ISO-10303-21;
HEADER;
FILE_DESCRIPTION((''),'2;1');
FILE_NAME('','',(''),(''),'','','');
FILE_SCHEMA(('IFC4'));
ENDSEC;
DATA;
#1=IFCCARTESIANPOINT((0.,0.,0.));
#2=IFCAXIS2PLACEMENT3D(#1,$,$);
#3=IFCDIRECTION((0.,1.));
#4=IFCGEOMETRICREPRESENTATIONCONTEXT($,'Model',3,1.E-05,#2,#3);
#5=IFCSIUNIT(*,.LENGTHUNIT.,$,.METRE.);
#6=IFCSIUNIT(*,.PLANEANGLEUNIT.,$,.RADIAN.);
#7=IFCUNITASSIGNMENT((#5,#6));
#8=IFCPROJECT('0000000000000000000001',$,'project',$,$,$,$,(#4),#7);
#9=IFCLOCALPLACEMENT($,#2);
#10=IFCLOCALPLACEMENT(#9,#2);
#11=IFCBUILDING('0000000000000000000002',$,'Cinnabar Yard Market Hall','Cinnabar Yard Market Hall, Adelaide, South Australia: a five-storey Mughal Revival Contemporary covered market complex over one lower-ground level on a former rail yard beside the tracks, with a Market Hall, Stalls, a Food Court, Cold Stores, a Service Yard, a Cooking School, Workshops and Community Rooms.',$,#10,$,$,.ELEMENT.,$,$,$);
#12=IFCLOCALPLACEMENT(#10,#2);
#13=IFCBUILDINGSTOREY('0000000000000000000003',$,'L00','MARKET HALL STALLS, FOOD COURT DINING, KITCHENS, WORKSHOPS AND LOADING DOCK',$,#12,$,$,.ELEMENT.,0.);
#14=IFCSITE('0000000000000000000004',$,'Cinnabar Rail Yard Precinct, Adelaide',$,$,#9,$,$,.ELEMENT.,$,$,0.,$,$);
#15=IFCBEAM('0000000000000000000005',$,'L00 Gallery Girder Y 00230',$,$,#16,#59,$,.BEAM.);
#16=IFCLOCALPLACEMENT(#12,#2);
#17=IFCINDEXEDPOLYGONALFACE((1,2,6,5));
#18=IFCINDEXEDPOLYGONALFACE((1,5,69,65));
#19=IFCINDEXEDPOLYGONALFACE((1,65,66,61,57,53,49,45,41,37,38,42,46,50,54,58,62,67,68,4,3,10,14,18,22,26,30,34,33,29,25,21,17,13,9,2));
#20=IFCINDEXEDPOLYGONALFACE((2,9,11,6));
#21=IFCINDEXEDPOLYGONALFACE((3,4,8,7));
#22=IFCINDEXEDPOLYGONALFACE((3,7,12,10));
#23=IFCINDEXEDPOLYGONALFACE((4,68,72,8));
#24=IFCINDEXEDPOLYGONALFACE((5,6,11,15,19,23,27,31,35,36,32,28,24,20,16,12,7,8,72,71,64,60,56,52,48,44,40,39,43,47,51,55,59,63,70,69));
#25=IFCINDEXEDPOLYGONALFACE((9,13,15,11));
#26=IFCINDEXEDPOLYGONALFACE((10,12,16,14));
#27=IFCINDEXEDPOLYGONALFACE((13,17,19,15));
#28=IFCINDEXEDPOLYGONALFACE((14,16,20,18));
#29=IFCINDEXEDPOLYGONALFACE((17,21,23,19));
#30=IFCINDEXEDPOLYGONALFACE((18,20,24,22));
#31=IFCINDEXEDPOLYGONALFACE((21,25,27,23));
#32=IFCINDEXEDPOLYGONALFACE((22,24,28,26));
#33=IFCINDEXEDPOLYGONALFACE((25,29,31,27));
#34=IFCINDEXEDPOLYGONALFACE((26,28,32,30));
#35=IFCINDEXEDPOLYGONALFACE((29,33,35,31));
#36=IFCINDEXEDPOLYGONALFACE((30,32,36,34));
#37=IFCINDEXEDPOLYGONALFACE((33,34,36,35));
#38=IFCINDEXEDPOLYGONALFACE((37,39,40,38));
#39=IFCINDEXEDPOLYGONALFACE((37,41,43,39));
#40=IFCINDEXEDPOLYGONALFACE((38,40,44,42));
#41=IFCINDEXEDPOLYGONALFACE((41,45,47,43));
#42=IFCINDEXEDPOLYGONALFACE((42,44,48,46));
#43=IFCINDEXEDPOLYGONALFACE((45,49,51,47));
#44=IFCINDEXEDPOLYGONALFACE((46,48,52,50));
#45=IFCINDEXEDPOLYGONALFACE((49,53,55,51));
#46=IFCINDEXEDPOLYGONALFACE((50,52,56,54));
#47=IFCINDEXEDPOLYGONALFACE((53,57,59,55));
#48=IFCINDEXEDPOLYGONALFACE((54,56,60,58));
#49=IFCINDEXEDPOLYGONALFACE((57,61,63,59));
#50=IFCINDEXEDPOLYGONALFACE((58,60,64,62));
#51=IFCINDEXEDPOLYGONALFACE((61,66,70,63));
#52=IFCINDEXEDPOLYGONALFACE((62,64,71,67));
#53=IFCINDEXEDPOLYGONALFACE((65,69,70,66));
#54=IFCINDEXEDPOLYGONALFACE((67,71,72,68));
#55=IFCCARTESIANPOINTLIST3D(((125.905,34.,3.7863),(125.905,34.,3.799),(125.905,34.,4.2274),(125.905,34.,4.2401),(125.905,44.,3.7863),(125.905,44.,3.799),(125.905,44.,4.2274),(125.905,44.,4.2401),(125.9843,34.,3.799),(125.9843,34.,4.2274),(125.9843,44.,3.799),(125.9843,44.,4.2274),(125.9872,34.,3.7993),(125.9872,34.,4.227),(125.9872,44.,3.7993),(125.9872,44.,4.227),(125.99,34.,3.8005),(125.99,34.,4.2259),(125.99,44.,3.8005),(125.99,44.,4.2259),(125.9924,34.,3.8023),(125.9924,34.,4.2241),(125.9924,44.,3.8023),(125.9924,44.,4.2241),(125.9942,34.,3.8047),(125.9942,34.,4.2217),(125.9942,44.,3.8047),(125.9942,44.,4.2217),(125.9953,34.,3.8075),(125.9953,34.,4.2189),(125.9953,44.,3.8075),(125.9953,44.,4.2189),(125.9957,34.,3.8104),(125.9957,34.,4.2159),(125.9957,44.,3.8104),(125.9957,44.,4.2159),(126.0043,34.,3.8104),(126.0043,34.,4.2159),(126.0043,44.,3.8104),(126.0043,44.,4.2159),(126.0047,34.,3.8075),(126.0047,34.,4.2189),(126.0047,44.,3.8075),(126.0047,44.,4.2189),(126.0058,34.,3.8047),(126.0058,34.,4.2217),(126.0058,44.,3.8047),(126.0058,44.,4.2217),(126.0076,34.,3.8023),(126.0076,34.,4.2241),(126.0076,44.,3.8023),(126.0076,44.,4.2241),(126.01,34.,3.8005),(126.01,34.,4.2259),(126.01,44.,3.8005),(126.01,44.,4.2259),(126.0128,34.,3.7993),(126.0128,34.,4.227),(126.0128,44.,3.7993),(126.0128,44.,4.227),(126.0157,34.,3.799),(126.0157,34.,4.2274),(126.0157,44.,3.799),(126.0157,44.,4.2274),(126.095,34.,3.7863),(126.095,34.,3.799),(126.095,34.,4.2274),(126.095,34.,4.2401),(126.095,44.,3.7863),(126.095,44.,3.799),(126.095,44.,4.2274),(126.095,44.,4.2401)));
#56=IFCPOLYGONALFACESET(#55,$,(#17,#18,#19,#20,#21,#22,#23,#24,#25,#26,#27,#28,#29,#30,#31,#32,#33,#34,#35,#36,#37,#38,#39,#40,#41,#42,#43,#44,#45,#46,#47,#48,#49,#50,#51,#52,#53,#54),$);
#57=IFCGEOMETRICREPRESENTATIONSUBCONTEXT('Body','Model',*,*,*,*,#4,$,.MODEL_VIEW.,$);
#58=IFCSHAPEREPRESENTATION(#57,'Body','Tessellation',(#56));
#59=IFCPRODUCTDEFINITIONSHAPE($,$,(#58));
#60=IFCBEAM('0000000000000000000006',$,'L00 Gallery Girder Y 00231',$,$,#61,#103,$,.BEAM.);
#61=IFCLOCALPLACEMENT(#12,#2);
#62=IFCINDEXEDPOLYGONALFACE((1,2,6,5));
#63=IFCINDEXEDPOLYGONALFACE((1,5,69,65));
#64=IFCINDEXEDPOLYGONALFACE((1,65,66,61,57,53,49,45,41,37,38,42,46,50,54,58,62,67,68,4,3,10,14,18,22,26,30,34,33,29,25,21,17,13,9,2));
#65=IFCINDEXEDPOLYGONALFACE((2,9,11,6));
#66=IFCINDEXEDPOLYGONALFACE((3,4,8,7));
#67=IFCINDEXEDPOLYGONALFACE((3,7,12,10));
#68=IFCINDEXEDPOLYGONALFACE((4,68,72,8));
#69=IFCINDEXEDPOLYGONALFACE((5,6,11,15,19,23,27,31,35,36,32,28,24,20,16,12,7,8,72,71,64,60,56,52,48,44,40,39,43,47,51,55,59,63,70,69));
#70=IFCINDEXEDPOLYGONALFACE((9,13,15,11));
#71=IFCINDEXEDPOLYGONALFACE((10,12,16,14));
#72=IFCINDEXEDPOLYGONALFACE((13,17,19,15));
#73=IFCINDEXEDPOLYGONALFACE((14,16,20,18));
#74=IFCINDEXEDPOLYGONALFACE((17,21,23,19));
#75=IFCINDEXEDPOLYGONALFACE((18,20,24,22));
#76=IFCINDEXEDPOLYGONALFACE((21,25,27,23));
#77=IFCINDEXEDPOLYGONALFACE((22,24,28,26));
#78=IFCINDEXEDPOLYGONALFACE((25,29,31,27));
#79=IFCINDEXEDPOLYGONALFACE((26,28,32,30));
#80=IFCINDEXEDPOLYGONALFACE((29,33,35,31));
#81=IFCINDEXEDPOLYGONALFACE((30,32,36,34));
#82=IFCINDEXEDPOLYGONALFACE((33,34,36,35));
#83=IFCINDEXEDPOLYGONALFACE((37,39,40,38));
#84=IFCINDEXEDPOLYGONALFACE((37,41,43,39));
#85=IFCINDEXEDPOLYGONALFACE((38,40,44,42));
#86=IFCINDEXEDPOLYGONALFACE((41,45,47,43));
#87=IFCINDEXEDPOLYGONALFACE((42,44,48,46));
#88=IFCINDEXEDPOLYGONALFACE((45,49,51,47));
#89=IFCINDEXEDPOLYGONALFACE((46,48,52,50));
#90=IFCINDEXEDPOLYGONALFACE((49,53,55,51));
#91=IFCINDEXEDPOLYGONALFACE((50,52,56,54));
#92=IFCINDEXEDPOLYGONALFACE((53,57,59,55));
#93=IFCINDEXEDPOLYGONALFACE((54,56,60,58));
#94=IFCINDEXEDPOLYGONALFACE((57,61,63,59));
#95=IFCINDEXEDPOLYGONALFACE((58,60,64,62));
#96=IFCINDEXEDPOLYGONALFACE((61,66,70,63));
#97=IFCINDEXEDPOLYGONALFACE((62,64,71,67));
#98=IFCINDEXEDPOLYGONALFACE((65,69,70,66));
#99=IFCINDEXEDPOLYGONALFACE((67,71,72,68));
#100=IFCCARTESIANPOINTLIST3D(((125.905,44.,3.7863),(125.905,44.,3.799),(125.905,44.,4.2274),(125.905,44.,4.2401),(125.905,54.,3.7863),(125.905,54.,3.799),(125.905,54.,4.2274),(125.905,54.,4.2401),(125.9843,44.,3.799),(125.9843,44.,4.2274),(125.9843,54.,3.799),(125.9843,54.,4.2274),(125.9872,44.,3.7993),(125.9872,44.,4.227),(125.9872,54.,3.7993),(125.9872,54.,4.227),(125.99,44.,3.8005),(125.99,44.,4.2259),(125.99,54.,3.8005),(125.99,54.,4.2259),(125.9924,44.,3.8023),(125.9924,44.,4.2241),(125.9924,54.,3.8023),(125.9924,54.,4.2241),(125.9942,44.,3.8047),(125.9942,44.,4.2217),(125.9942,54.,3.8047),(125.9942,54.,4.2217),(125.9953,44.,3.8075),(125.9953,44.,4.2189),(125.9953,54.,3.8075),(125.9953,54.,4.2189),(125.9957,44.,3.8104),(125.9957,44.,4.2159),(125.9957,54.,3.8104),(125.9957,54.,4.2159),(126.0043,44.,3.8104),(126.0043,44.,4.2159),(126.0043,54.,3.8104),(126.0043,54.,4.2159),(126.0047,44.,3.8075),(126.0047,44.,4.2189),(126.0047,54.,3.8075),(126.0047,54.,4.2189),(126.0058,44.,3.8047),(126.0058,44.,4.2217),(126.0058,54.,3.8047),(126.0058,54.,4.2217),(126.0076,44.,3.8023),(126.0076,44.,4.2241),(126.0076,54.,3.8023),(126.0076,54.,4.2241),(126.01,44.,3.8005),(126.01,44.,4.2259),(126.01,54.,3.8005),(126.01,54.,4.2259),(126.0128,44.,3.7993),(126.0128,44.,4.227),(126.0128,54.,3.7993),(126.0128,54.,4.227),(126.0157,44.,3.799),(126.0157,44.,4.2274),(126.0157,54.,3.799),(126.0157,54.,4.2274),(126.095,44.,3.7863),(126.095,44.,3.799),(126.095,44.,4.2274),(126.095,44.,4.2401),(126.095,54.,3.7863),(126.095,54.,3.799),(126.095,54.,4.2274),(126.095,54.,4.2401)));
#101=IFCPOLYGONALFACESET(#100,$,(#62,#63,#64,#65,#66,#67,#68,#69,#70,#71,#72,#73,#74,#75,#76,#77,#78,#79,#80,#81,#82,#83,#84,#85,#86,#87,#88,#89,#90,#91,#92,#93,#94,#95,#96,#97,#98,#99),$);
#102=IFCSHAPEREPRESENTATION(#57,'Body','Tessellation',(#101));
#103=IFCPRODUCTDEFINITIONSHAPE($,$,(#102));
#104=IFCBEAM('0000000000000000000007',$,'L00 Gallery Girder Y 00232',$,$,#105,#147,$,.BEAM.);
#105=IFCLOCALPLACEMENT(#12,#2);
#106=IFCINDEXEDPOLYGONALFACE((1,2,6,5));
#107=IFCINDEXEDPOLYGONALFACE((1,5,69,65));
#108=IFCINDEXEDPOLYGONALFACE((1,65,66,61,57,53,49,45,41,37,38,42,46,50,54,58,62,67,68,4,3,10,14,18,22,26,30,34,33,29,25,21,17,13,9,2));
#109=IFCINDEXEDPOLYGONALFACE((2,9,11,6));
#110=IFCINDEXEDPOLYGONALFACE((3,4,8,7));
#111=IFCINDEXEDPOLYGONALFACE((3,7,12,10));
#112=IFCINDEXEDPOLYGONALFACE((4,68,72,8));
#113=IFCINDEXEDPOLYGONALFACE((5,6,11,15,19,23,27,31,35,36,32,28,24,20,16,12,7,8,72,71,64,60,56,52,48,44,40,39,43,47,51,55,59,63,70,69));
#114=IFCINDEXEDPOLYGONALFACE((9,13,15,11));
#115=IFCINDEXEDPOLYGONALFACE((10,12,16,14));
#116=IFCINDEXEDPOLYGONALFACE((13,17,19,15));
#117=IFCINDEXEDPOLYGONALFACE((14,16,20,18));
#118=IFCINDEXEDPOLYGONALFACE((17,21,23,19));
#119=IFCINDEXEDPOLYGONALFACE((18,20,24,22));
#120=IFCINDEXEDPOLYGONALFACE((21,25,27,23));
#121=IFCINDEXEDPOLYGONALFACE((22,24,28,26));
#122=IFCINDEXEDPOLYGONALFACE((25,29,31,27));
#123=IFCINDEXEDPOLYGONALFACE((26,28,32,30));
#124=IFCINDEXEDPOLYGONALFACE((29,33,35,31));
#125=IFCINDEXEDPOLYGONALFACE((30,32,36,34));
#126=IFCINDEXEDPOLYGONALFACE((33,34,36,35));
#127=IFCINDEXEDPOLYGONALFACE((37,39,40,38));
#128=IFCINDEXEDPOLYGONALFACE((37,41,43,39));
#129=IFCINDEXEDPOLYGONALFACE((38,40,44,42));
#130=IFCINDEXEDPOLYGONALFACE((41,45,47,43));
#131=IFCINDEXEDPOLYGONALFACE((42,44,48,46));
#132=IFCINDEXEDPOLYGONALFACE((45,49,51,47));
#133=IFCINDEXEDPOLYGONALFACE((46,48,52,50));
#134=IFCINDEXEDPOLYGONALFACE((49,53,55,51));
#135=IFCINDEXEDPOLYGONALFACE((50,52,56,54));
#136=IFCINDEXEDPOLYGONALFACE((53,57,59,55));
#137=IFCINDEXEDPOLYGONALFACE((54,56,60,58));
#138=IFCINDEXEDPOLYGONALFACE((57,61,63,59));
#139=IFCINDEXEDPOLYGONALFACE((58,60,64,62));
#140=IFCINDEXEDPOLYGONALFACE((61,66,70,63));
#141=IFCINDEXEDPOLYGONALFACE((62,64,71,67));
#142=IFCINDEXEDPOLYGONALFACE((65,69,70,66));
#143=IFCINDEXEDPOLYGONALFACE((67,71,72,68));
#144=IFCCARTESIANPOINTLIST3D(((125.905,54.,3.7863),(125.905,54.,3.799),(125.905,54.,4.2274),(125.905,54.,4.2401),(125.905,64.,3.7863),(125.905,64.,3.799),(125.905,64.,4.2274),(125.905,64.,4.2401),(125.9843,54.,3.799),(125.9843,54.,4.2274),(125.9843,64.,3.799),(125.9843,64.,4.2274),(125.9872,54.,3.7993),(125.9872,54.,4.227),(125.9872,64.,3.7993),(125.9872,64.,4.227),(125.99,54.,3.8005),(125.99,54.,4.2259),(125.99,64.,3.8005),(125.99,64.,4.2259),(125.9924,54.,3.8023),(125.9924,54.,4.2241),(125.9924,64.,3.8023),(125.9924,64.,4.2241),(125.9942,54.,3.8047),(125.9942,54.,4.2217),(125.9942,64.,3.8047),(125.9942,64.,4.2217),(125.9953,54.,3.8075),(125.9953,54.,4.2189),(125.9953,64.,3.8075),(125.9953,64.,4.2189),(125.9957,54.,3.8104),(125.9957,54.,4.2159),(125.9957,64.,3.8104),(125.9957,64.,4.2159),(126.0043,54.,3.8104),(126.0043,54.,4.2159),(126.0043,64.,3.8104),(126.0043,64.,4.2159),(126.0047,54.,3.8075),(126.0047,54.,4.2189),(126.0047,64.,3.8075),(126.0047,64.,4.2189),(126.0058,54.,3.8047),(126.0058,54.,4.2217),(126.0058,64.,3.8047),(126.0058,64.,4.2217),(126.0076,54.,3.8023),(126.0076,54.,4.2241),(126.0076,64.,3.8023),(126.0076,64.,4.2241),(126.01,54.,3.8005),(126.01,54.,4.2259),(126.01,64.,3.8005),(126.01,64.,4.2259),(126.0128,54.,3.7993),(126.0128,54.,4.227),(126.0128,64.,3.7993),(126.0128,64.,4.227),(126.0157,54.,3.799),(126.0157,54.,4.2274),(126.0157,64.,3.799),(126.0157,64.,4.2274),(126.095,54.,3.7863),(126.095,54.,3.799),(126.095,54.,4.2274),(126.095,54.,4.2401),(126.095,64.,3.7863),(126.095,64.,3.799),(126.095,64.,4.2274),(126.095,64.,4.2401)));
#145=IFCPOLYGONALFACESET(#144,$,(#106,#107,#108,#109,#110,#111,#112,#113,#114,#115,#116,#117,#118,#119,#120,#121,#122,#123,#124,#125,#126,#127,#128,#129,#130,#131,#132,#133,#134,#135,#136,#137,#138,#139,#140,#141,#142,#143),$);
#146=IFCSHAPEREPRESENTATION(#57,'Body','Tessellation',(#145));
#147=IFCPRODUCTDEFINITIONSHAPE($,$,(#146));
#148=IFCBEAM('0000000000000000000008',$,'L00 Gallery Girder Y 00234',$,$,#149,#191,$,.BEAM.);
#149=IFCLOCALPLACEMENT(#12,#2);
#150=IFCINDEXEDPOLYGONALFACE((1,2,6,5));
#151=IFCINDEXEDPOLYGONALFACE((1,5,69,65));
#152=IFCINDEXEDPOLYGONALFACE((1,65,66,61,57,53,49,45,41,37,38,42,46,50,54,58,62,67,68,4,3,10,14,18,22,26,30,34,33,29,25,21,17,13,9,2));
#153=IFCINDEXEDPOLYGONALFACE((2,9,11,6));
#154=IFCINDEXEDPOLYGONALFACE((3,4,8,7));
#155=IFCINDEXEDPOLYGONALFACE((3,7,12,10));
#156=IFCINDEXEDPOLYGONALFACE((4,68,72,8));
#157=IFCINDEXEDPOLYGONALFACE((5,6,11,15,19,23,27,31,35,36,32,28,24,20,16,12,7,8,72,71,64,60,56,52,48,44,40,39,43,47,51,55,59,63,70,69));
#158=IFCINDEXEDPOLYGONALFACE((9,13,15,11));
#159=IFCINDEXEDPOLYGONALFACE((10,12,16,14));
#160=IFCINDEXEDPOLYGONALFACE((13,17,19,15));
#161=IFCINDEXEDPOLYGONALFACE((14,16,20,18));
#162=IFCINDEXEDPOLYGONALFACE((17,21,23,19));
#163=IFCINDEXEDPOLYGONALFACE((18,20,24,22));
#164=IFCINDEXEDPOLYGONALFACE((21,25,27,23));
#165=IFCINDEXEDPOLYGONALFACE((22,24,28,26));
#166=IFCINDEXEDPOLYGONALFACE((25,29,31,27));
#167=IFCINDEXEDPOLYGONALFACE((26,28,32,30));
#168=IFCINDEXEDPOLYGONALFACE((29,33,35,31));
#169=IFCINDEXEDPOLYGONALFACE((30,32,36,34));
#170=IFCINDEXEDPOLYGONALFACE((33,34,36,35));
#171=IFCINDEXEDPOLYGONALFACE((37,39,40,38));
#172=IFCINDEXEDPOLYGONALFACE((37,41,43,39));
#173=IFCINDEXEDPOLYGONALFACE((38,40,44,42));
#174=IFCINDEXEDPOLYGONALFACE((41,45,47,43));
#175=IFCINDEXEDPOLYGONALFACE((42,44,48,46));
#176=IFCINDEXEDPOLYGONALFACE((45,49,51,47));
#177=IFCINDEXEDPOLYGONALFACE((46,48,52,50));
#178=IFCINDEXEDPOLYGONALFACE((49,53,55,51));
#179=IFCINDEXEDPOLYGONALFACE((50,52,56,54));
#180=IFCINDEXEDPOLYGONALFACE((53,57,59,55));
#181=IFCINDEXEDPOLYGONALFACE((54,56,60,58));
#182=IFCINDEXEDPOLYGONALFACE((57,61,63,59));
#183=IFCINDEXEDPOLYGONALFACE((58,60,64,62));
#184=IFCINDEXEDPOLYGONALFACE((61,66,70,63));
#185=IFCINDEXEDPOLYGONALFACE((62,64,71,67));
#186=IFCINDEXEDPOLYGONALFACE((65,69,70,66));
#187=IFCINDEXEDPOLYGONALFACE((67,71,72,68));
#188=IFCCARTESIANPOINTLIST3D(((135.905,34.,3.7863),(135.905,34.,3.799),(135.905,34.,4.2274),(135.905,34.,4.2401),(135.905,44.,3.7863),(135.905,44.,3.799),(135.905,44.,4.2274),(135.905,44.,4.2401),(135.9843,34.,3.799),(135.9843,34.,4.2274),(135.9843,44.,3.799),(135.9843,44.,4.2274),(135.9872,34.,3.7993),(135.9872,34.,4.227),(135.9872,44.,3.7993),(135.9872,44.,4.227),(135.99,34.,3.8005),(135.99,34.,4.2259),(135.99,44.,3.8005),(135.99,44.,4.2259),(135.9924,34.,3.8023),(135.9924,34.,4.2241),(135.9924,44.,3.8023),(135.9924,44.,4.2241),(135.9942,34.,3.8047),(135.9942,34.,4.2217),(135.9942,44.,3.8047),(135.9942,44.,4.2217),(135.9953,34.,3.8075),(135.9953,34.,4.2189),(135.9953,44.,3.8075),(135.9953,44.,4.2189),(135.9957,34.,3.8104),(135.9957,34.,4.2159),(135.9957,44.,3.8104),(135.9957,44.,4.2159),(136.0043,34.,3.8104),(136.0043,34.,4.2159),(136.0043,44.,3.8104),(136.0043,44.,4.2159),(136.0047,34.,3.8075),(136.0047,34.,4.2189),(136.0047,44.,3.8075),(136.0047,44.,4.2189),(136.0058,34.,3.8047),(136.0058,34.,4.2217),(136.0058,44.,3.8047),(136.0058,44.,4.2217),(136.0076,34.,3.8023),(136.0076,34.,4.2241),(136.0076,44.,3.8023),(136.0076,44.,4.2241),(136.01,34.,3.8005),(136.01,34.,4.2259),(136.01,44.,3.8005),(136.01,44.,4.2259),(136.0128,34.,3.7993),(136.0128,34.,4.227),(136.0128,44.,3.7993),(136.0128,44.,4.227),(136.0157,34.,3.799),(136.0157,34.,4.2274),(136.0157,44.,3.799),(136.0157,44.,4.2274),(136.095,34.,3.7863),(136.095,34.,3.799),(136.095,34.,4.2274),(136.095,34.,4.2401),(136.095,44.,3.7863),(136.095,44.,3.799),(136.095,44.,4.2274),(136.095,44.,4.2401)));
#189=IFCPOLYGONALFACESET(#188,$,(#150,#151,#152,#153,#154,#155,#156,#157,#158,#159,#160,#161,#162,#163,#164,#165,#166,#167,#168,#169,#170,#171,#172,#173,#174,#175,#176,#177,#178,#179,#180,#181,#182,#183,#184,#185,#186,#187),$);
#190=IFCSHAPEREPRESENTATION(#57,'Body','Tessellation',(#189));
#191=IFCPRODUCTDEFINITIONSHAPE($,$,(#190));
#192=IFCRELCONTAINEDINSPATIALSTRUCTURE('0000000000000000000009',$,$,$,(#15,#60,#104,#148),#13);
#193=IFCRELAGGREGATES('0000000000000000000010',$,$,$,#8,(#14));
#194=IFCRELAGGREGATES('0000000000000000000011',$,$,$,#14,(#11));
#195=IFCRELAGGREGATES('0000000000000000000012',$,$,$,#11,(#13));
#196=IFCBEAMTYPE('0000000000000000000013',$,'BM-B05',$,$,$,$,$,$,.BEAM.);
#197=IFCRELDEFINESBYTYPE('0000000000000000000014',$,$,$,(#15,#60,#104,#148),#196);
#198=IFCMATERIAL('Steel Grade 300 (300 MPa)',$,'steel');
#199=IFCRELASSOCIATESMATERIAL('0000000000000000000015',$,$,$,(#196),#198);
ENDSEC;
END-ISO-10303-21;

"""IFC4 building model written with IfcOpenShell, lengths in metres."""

from ifc_helpers import new_model, si_unit, direction, frame, origin, origin_2d_with_axis, place, context, subcontext, project, spatial, i_section, extrude, material, material_profile, profile_set, type_object, element, save


model = new_model("IFC4")

# Units and contexts
model_context = context("Model", 3, precision=1e-05, world=origin(), true_north=direction((0.0, 1.0)))
body_context = subcontext(model_context, "Body", "Model", "MODEL_VIEW")
ifc_project = project(units=[si_unit("LENGTHUNIT", "METRE"), si_unit("PLANEANGLEUNIT", "RADIAN")], contexts=[model_context])

# Site, building, storey
site_placement = place(None, origin())
site = spatial("IfcSite", under=ifc_project, at=site_placement, Name="Cinnabar Rail Yard Precinct, Adelaide", CompositionType="ELEMENT", RefElevation=0.0)
building_placement = place(site_placement, origin())
building = spatial("IfcBuilding", under=site, at=building_placement, Name="Cinnabar Yard Market Hall", Description="Cinnabar Yard Market Hall, Adelaide, South Australia: a five-storey Mughal Revival Contemporary covered market complex over one lower-ground level on a former rail yard beside the tracks, with a Market Hall, Stalls, a Food Court, Cold Stores, a Service Yard, a Cooking School, Workshops and Community Rooms.", CompositionType="ELEMENT")
storey_placement = place(building_placement, origin())
storey = spatial("IfcBuildingStorey", under=building, at=storey_placement, Name="L00", Description="MARKET HALL STALLS, FOOD COURT DINING, KITCHENS, WORKSHOPS AND LOADING DOCK", CompositionType="ELEMENT", Elevation=0.0)

# Beams
ifc_material_1 = material(Name="Steel Grade 300 (300 MPa)", Category="steel")
ifc_material_profile_1 = material_profile(ifc_material_1, i_section(OverallWidth=0.1899, OverallDepth=0.4539, WebThickness=0.0085, FlangeThickness=0.0127, FilletRadius=0.0115, at=origin_2d_with_axis()), Name="460UB67.1")
ifc_profile_set_1 = profile_set([ifc_material_profile_1], Name="Steel Grade 300 (300 MPa)")
beam_type_1 = type_object("IfcBeamType", Name="BM-B05", PredefinedType="BEAM", material=ifc_profile_set_1)
for number, where, z_axis, x_axis, name in (
    (1, (126.0, 34.0, 4.0132), (0.0, 1.0, 0.0), (-1.0, 0.0, 0.0), "L00 Gallery Girder Y 00230"),
    (2, (126.0, 44.0, 4.0132), (0.0, 1.0, 0.0), (-1.0, 0.0, 0.0), "L00 Gallery Girder Y 00231"),
    (3, (126.0, 54.0, 4.0132), (0.0, 1.0, 0.0), (-1.0, 0.0, 0.0), "L00 Gallery Girder Y 00232"),
    (4, (136.0, 34.0, 4.0132), (0.0, 1.0, 0.0), (-1.0, 0.0, 0.0), "L00 Gallery Girder Y 00234"),
):
    element("IfcBeam", number, at=place(storey_placement, frame(where, z_axis=z_axis, x_axis=x_axis)), inside=storey, type_object=beam_type_1, Name=name, PredefinedType="BEAM", context=body_context, shape_type="SweptSolid", body=[
        extrude(i_section(OverallWidth=0.1899, OverallDepth=0.4539, WebThickness=0.0085, FlangeThickness=0.0127, FilletRadius=0.0115, at=origin_2d_with_axis()), origin(), (0.0, 0.0, 1.0), 10.0),
    ])

save(model, "model.ifc")
